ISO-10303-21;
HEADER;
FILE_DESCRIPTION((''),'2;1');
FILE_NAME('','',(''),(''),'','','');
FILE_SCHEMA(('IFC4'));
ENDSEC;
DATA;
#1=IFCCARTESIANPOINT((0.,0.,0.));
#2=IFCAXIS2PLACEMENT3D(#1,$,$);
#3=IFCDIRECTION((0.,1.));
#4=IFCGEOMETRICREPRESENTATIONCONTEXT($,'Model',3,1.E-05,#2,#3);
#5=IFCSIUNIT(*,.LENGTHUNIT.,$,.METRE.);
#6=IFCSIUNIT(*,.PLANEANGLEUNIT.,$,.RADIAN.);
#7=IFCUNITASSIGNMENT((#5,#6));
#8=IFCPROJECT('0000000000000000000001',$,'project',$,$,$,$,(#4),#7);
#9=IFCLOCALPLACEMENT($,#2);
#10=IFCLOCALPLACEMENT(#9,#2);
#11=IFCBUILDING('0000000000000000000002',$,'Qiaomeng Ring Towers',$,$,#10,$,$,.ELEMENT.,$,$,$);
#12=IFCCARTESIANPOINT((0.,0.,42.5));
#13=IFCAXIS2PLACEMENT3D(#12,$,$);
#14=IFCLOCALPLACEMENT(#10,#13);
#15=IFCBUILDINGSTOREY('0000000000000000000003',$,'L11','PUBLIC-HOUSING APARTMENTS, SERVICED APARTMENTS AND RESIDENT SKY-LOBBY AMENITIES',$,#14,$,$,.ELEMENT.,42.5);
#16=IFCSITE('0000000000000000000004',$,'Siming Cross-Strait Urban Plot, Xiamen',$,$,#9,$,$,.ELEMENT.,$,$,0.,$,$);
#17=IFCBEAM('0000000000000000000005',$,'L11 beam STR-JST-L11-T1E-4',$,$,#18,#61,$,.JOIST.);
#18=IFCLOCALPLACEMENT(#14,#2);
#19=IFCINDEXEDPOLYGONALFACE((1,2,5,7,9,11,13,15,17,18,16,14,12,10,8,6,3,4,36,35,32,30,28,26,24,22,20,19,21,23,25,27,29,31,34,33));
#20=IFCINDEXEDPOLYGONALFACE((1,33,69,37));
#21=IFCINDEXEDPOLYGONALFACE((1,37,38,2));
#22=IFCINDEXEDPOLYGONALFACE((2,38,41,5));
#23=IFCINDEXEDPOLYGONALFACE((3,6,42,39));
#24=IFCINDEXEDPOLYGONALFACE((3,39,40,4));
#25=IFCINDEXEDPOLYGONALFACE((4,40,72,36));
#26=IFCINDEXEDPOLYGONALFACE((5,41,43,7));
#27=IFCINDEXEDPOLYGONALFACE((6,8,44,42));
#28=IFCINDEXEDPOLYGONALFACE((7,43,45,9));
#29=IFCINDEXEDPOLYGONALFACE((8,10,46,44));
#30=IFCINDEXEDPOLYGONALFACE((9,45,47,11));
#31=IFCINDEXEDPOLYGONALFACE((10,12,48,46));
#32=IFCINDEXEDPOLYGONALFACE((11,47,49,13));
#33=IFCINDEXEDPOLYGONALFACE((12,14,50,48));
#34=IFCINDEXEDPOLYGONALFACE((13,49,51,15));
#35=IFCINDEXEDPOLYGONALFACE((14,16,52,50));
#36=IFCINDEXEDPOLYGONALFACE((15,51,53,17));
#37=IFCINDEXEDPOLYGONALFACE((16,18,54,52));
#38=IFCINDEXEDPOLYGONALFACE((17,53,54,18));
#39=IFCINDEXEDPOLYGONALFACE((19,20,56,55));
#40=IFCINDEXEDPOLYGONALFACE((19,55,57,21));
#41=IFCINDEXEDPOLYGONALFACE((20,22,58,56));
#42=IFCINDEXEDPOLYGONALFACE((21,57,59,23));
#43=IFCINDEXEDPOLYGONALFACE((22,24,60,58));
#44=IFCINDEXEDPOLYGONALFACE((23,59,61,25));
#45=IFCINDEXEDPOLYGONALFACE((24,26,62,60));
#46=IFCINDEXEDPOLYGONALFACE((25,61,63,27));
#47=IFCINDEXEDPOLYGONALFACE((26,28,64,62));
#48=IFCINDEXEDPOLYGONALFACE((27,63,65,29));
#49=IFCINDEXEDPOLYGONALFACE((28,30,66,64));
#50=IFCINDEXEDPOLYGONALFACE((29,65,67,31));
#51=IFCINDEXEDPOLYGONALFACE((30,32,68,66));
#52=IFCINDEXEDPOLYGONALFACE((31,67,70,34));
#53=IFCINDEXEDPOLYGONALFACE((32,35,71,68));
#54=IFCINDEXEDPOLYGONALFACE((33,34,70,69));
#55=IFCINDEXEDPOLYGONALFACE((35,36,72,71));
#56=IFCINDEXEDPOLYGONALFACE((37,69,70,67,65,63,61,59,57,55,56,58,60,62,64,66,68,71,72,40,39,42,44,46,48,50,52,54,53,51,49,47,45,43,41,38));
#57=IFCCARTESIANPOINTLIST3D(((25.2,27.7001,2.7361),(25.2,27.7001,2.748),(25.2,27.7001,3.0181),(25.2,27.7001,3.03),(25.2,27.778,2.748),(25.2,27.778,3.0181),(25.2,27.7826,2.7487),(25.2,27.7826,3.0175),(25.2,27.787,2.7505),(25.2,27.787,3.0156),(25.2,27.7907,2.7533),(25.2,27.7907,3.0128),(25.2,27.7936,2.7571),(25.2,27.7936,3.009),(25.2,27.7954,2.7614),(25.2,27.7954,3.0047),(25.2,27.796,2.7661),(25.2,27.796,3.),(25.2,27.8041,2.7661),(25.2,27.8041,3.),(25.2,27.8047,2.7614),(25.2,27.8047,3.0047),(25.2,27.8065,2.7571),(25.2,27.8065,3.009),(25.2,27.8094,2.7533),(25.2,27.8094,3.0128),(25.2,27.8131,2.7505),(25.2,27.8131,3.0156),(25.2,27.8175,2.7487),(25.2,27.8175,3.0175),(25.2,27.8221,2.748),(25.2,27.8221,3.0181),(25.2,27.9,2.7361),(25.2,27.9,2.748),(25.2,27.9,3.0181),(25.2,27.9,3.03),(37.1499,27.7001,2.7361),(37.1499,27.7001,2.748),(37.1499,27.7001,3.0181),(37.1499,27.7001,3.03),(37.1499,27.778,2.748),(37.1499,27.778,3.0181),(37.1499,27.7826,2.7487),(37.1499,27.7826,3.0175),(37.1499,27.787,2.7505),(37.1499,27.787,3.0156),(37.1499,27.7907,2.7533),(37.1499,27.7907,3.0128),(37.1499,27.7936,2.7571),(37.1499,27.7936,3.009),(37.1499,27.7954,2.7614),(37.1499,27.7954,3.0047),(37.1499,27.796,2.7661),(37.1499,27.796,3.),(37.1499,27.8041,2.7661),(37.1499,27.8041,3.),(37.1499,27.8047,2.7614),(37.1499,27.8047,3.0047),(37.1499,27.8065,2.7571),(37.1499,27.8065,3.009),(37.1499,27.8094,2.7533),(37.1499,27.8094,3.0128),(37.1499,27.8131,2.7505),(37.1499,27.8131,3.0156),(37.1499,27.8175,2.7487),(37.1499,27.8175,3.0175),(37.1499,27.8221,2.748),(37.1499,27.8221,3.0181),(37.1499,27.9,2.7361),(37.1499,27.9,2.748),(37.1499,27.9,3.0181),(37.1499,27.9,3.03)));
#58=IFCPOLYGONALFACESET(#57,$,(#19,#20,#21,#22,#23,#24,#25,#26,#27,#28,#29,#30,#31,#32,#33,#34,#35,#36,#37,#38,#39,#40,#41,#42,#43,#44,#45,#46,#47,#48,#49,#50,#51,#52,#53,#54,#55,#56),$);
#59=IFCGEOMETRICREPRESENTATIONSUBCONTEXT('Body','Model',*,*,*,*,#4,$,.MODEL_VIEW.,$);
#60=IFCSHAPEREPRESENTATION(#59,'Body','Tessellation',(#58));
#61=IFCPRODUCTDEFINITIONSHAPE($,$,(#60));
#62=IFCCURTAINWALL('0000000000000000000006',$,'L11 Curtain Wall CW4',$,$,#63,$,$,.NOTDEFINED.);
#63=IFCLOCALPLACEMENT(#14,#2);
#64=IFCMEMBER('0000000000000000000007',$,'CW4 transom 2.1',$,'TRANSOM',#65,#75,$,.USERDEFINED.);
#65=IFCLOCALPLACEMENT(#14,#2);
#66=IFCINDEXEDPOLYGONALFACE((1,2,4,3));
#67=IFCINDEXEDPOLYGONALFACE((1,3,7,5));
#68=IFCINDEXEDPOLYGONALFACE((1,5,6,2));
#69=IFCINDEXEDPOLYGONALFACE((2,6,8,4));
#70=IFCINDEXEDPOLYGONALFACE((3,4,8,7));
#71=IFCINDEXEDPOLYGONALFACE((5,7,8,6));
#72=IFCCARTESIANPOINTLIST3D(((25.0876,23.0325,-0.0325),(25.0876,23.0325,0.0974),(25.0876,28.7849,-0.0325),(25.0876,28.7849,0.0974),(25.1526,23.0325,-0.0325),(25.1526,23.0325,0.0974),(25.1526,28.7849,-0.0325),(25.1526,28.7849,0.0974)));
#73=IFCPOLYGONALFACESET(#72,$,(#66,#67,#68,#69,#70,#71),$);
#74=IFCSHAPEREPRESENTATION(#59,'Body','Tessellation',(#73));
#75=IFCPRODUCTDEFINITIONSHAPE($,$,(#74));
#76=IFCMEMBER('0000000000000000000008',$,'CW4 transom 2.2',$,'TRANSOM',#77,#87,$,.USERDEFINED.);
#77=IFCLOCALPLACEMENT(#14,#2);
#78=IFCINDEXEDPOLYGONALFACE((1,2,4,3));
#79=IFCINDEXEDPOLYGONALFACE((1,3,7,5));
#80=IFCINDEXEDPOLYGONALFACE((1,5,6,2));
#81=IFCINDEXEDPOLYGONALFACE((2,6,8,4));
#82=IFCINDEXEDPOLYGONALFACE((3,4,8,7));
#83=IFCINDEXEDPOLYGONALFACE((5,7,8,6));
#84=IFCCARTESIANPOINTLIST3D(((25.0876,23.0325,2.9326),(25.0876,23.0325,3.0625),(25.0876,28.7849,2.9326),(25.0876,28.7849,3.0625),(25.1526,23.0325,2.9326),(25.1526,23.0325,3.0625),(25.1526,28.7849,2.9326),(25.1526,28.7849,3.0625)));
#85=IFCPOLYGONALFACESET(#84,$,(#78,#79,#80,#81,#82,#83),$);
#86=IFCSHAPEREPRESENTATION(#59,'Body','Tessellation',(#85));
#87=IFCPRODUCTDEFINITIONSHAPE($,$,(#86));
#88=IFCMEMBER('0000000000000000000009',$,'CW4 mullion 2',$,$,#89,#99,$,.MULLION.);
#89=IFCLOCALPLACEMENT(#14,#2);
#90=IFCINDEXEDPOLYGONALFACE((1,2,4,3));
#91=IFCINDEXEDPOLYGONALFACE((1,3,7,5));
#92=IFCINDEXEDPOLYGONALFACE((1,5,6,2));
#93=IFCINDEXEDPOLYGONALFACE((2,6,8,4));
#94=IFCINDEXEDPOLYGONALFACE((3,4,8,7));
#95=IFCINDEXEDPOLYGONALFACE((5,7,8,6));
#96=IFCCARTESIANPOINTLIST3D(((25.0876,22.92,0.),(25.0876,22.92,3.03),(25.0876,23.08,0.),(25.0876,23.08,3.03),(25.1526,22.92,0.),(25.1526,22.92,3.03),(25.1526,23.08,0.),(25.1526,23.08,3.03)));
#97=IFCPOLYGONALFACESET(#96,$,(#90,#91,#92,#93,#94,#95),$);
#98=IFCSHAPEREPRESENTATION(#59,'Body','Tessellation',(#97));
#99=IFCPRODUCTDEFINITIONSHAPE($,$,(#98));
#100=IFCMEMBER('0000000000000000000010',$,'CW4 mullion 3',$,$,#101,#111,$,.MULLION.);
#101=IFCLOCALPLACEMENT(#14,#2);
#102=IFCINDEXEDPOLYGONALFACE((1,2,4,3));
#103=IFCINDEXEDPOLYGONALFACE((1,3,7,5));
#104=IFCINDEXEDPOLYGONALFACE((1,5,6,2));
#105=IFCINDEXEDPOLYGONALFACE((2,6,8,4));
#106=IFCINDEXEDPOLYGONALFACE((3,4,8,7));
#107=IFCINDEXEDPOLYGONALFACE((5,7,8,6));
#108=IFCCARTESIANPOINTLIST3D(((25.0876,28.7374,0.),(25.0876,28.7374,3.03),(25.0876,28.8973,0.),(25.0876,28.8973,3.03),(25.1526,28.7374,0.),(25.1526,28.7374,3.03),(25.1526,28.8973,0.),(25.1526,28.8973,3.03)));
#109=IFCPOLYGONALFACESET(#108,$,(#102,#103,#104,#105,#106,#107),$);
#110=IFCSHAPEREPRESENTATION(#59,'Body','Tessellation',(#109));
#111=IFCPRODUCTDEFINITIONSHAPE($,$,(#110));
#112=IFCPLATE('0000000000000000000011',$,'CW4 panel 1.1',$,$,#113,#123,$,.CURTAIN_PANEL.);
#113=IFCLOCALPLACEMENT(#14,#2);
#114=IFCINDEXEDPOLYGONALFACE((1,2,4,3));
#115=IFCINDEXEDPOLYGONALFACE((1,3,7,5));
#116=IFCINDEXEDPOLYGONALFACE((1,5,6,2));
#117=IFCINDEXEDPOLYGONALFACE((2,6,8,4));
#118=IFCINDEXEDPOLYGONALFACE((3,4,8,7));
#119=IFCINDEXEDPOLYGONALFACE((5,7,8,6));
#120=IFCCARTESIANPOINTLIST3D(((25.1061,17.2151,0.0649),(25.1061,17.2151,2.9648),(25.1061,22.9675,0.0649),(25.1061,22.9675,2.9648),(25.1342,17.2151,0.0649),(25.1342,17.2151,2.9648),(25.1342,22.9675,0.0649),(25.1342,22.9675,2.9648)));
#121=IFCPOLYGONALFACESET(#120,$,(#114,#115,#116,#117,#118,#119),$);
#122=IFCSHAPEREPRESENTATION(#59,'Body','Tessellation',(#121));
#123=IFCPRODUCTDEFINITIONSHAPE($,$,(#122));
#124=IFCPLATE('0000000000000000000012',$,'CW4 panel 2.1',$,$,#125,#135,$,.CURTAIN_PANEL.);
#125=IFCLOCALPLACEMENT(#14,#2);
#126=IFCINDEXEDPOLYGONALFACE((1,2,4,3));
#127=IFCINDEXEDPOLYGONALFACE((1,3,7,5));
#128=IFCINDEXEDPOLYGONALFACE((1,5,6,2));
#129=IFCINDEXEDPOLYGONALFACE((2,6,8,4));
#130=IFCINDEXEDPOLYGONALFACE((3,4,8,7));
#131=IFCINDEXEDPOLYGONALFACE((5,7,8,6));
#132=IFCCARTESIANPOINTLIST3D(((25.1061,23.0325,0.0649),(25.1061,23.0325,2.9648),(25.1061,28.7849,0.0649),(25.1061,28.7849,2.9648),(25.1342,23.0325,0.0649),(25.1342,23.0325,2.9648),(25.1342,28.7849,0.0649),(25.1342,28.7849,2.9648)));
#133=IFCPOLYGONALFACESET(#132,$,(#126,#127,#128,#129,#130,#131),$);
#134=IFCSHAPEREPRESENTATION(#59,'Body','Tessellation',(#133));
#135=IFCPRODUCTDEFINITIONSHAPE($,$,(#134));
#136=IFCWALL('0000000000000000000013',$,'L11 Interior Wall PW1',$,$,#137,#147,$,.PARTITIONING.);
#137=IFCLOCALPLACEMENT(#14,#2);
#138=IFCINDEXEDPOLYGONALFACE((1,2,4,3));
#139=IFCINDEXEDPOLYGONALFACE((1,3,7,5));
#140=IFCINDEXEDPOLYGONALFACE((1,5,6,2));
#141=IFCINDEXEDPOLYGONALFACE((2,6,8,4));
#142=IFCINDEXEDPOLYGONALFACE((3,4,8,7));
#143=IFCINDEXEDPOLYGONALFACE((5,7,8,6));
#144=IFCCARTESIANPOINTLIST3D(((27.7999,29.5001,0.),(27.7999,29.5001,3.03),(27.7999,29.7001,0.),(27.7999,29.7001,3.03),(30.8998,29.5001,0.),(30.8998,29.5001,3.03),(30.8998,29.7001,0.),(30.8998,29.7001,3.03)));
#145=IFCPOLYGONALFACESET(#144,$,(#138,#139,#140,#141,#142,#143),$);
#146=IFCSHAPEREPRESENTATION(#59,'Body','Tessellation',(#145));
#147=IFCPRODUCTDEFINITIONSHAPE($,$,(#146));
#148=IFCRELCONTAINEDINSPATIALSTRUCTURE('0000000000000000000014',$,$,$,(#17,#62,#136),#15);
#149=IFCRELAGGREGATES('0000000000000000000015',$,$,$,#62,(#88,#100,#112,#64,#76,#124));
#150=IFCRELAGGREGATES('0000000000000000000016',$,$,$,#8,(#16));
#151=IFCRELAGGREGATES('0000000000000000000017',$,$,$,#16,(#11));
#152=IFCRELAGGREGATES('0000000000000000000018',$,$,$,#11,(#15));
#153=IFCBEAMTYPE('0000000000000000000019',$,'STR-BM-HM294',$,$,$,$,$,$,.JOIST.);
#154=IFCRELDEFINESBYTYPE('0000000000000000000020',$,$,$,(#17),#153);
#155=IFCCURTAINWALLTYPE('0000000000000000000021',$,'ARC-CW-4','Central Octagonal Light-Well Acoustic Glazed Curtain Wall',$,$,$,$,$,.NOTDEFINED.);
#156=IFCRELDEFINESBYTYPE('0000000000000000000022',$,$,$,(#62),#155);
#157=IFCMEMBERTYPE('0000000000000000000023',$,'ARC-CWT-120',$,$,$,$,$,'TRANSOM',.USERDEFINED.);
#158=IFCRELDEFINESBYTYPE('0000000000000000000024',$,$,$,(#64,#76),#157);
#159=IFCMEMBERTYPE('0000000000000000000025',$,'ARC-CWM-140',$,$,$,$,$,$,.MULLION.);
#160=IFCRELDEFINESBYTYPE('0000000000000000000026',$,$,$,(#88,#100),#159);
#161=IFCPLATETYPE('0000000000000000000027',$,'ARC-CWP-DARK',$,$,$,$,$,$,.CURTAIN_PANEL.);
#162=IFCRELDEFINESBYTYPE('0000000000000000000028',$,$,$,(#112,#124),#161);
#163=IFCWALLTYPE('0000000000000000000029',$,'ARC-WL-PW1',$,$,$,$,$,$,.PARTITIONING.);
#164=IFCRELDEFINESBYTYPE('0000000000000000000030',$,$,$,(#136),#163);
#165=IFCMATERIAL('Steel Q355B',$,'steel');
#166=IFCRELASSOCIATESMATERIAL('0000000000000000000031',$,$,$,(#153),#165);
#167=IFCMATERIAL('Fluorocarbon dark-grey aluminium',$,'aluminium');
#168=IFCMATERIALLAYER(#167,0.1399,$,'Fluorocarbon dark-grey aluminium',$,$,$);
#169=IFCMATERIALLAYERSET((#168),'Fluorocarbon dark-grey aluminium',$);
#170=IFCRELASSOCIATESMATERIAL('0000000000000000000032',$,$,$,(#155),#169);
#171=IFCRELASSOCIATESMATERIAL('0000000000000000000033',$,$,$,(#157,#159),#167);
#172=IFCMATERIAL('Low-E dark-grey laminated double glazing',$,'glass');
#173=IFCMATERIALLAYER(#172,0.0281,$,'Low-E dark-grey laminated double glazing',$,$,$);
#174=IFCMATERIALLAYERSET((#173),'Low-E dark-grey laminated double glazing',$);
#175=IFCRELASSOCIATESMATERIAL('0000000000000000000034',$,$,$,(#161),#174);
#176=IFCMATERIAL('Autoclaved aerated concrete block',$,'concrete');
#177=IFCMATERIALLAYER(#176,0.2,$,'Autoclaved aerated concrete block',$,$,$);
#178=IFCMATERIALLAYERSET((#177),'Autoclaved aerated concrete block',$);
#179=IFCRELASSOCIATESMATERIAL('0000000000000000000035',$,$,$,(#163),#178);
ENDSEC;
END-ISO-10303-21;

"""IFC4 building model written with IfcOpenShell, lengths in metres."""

from ifc_helpers import new_model, si_unit, direction, frame, frame_2d, origin, origin_2d, place, context, subcontext, project, spatial, rectangle, i_section, extrude, source, transform, mapped, material, layer, layer_set, material_profile, profile_set, type_object, element, aggregate, save


model = new_model("IFC4")

# Units and contexts
model_context = context("Model", 3, precision=1e-05, world=origin(), true_north=direction((0.0, 1.0)))
body_context = subcontext(model_context, "Body", "Model", "MODEL_VIEW")
ifc_project = project(units=[si_unit("LENGTHUNIT", "METRE"), si_unit("PLANEANGLEUNIT", "RADIAN")], contexts=[model_context])

# Site, building, storey
site_placement = place(None, origin())
site = spatial("IfcSite", under=ifc_project, at=site_placement, Name="Siming Cross-Strait Urban Plot, Xiamen", CompositionType="ELEMENT", RefElevation=0.0)
building_placement = place(site_placement, origin())
building = spatial("IfcBuilding", under=site, at=building_placement, Name="Qiaomeng Ring Towers", CompositionType="ELEMENT")
storey_placement = place(building_placement, frame((0.0, 0.0, 42.5)))
storey = spatial("IfcBuildingStorey", under=building, at=storey_placement, Name="L11", Description="PUBLIC-HOUSING APARTMENTS, SERVICED APARTMENTS AND RESIDENT SKY-LOBBY AMENITIES", CompositionType="ELEMENT", Elevation=42.5)

# Beam
ifc_material_1 = material(Name="Steel Q355B", Category="steel")
ifc_material_profile_1 = material_profile(ifc_material_1, i_section(OverallWidth=0.2, OverallDepth=0.2939, WebThickness=0.0081, FlangeThickness=0.012, FilletRadius=0.0181, at=origin_2d()), Name="HM 294x200x8x12")
ifc_profile_set_1 = profile_set([ifc_material_profile_1], Name="Steel Q355B")
beam_type_1 = type_object("IfcBeamType", Name="STR-BM-HM294", PredefinedType="JOIST", material=ifc_profile_set_1)
shared_shape_1 = source(origin(), body_context, "Body", "SweptSolid", [
    extrude(i_section(OverallWidth=0.2, OverallDepth=0.2939, WebThickness=0.0081, FlangeThickness=0.012, FilletRadius=0.0181, at=origin_2d()), origin(), (0.0, 0.0, 1.0), 11.95),
])
for number, where, z_axis, x_axis, name in (
    (1, (25.2, 27.8, 2.8831), (1.0, 0.0, 0.0), (0.0, 1.0, 0.0), "L11 beam STR-JST-L11-T1E-4"),
):
    element("IfcBeam", number, at=place(storey_placement, frame(where, z_axis=z_axis, x_axis=x_axis)), inside=storey, type_object=beam_type_1, Name=name, PredefinedType="JOIST", context=body_context, shape_type="MappedRepresentation", body=[
        mapped(shared_shape_1, transform((0.0, 0.0, 0.0), x_axis=(1.0, 0.0, 0.0), y_axis=(0.0, 1.0, 0.0), z_axis=(0.0, 0.0, 1.0), scale=1.0)),
    ])

# Curtain wall, members, plates
ifc_material_2 = material(Name="Fluorocarbon dark-grey aluminium", Category="aluminium")
ifc_layer_1 = layer(ifc_material_2, 0.1399, Name="Fluorocarbon dark-grey aluminium")
ifc_layer_set_1 = layer_set([ifc_layer_1], Name="Fluorocarbon dark-grey aluminium")
curtain_wall_type = type_object("IfcCurtainWallType", Name="ARC-CW-4", Description="Central Octagonal Light-Well Acoustic Glazed Curtain Wall", PredefinedType="NOTDEFINED", material=ifc_layer_set_1)
curtain_wall_placement = place(storey_placement, origin())
curtain_wall = element("IfcCurtainWall", 2, at=curtain_wall_placement, inside=storey, type_object=curtain_wall_type, Name="L11 Curtain Wall CW4", PredefinedType="NOTDEFINED")
ifc_material_profile_2 = material_profile(ifc_material_2, rectangle(XDim=0.0649, YDim=0.1299, at=origin_2d()), Name="ALU TRAN 65x130")
ifc_profile_set_2 = profile_set([ifc_material_profile_2], Name="Fluorocarbon dark-grey aluminium")
member_type_1 = type_object("IfcMemberType", Name="ARC-CWT-120", ElementType="TRANSOM", PredefinedType="USERDEFINED", material=ifc_profile_set_2)
shared_shape_2 = source(origin(), body_context, "Body", "SweptSolid", [
    extrude(rectangle(XDim=0.0649, YDim=0.1299, at=origin_2d()), origin(), (0.0, 0.0, 1.0), 5.7524),
])
member_1_placement = place(storey_placement, frame((25.1201, 23.0325, 0.0325), z_axis=(0.0, 1.0, 0.0), x_axis=(-1.0, 0.0, 0.0)))
member_1 = element("IfcMember", 3, at=member_1_placement, type_object=member_type_1, Name="CW4 transom 2.1", ObjectType="TRANSOM", PredefinedType="USERDEFINED", context=body_context, shape_type="MappedRepresentation", body=[
    mapped(shared_shape_2, transform((0.0, 0.0, 0.0), x_axis=(1.0, 0.0, 0.0), y_axis=(0.0, 1.0, 0.0), z_axis=(0.0, 0.0, 1.0), scale=1.0)),
])
member_2_placement = place(storey_placement, frame((25.1201, 23.0325, 2.9976), z_axis=(0.0, 1.0, 0.0), x_axis=(-1.0, 0.0, 0.0)))
member_2 = element("IfcMember", 4, at=member_2_placement, type_object=member_type_1, Name="CW4 transom 2.2", ObjectType="TRANSOM", PredefinedType="USERDEFINED", context=body_context, shape_type="MappedRepresentation", body=[
    mapped(shared_shape_2, transform((0.0, 0.0, 0.0), x_axis=(1.0, 0.0, 0.0), y_axis=(0.0, 1.0, 0.0), z_axis=(0.0, 0.0, 1.0), scale=1.0)),
])
ifc_material_profile_3 = material_profile(ifc_material_2, rectangle(XDim=0.0649, YDim=0.1599, at=origin_2d()), Name="ALU MULL 65x160")
ifc_profile_set_3 = profile_set([ifc_material_profile_3], Name="Fluorocarbon dark-grey aluminium")
member_type_2 = type_object("IfcMemberType", Name="ARC-CWM-140", PredefinedType="MULLION", material=ifc_profile_set_3)
shared_shape_3 = source(origin(), body_context, "Body", "SweptSolid", [
    extrude(rectangle(XDim=0.0649, YDim=0.1599, at=origin_2d()), origin(), (0.0, 0.0, 1.0), 3.03),
])
member_3_placement = place(storey_placement, frame((25.1201, 23.0, 0.0), z_axis=(0.0, 0.0, 1.0), x_axis=(-1.0, 0.0, 0.0)))
member_3 = element("IfcMember", 5, at=member_3_placement, type_object=member_type_2, Name="CW4 mullion 2", PredefinedType="MULLION", context=body_context, shape_type="MappedRepresentation", body=[
    mapped(shared_shape_3, transform((0.0, 0.0, 0.0), x_axis=(1.0, 0.0, 0.0), y_axis=(0.0, 1.0, 0.0), z_axis=(0.0, 0.0, 1.0), scale=1.0)),
])
member_4_placement = place(storey_placement, frame((25.1201, 28.8174, 0.0), z_axis=(0.0, 0.0, 1.0), x_axis=(-1.0, 0.0, 0.0)))
member_4 = element("IfcMember", 6, at=member_4_placement, type_object=member_type_2, Name="CW4 mullion 3", PredefinedType="MULLION", context=body_context, shape_type="MappedRepresentation", body=[
    mapped(shared_shape_3, transform((0.0, 0.0, 0.0), x_axis=(1.0, 0.0, 0.0), y_axis=(0.0, 1.0, 0.0), z_axis=(0.0, 0.0, 1.0), scale=1.0)),
])
ifc_material_3 = material(Name="Low-E dark-grey laminated double glazing", Category="glass")
ifc_layer_2 = layer(ifc_material_3, 0.0281, Name="Low-E dark-grey laminated double glazing")
ifc_layer_set_2 = layer_set([ifc_layer_2], Name="Low-E dark-grey laminated double glazing")
plate_type = type_object("IfcPlateType", Name="ARC-CWP-DARK", PredefinedType="CURTAIN_PANEL", material=ifc_layer_set_2)
shared_shape_4 = source(origin(), body_context, "Body", "SweptSolid", [
    extrude(rectangle(XDim=5.7524, YDim=0.0281, at=origin_2d()), origin(), (0.0, 0.0, 1.0), 2.8999),
])
plate_1_placement = place(storey_placement, frame((25.1201, 20.0913, 0.0649), z_axis=(0.0, 0.0, 1.0), x_axis=(0.0, 1.0, 0.0)))
plate_1 = element("IfcPlate", 7, at=plate_1_placement, type_object=plate_type, Name="CW4 panel 1.1", PredefinedType="CURTAIN_PANEL", context=body_context, shape_type="MappedRepresentation", body=[
    mapped(shared_shape_4, transform((0.0, 0.0, 0.0), x_axis=(1.0, 0.0, 0.0), y_axis=(0.0, 1.0, 0.0), z_axis=(0.0, 0.0, 1.0), scale=1.0)),
])
plate_2_placement = place(storey_placement, frame((25.1201, 25.9087, 0.0649), z_axis=(0.0, 0.0, 1.0), x_axis=(0.0, 1.0, 0.0)))
plate_2 = element("IfcPlate", 8, at=plate_2_placement, type_object=plate_type, Name="CW4 panel 2.1", PredefinedType="CURTAIN_PANEL", context=body_context, shape_type="MappedRepresentation", body=[
    mapped(shared_shape_4, transform((0.0, 0.0, 0.0), x_axis=(1.0, 0.0, 0.0), y_axis=(0.0, 1.0, 0.0), z_axis=(0.0, 0.0, 1.0), scale=1.0)),
])
aggregate(curtain_wall, [member_3, member_4, plate_1, member_1, member_2, plate_2])

# Wall
ifc_material_4 = material(Name="Autoclaved aerated concrete block", Category="concrete")
ifc_layer_3 = layer(ifc_material_4, 0.2, Name="Autoclaved aerated concrete block")
ifc_layer_set_3 = layer_set([ifc_layer_3], Name="Autoclaved aerated concrete block")
wall_type_1 = type_object("IfcWallType", Name="ARC-WL-PW1", PredefinedType="PARTITIONING", material=ifc_layer_set_3)
wall_1_placement = place(storey_placement, frame((27.8, 29.6001, 0.0), z_axis=(0.0, 0.0, 1.0), x_axis=(1.0, 0.0, 0.0)))
element("IfcWall", 9, at=wall_1_placement, inside=storey, type_object=wall_type_1, Name="L11 Interior Wall PW1", PredefinedType="PARTITIONING", context=body_context, shape_type="SweptSolid", body=[
    extrude(rectangle(XDim=3.0999, YDim=0.2, at=frame_2d((1.5498, 0.0))), origin(), (0.0, 0.0, 1.0), 3.03),
])

save(model, "model.ifc")
